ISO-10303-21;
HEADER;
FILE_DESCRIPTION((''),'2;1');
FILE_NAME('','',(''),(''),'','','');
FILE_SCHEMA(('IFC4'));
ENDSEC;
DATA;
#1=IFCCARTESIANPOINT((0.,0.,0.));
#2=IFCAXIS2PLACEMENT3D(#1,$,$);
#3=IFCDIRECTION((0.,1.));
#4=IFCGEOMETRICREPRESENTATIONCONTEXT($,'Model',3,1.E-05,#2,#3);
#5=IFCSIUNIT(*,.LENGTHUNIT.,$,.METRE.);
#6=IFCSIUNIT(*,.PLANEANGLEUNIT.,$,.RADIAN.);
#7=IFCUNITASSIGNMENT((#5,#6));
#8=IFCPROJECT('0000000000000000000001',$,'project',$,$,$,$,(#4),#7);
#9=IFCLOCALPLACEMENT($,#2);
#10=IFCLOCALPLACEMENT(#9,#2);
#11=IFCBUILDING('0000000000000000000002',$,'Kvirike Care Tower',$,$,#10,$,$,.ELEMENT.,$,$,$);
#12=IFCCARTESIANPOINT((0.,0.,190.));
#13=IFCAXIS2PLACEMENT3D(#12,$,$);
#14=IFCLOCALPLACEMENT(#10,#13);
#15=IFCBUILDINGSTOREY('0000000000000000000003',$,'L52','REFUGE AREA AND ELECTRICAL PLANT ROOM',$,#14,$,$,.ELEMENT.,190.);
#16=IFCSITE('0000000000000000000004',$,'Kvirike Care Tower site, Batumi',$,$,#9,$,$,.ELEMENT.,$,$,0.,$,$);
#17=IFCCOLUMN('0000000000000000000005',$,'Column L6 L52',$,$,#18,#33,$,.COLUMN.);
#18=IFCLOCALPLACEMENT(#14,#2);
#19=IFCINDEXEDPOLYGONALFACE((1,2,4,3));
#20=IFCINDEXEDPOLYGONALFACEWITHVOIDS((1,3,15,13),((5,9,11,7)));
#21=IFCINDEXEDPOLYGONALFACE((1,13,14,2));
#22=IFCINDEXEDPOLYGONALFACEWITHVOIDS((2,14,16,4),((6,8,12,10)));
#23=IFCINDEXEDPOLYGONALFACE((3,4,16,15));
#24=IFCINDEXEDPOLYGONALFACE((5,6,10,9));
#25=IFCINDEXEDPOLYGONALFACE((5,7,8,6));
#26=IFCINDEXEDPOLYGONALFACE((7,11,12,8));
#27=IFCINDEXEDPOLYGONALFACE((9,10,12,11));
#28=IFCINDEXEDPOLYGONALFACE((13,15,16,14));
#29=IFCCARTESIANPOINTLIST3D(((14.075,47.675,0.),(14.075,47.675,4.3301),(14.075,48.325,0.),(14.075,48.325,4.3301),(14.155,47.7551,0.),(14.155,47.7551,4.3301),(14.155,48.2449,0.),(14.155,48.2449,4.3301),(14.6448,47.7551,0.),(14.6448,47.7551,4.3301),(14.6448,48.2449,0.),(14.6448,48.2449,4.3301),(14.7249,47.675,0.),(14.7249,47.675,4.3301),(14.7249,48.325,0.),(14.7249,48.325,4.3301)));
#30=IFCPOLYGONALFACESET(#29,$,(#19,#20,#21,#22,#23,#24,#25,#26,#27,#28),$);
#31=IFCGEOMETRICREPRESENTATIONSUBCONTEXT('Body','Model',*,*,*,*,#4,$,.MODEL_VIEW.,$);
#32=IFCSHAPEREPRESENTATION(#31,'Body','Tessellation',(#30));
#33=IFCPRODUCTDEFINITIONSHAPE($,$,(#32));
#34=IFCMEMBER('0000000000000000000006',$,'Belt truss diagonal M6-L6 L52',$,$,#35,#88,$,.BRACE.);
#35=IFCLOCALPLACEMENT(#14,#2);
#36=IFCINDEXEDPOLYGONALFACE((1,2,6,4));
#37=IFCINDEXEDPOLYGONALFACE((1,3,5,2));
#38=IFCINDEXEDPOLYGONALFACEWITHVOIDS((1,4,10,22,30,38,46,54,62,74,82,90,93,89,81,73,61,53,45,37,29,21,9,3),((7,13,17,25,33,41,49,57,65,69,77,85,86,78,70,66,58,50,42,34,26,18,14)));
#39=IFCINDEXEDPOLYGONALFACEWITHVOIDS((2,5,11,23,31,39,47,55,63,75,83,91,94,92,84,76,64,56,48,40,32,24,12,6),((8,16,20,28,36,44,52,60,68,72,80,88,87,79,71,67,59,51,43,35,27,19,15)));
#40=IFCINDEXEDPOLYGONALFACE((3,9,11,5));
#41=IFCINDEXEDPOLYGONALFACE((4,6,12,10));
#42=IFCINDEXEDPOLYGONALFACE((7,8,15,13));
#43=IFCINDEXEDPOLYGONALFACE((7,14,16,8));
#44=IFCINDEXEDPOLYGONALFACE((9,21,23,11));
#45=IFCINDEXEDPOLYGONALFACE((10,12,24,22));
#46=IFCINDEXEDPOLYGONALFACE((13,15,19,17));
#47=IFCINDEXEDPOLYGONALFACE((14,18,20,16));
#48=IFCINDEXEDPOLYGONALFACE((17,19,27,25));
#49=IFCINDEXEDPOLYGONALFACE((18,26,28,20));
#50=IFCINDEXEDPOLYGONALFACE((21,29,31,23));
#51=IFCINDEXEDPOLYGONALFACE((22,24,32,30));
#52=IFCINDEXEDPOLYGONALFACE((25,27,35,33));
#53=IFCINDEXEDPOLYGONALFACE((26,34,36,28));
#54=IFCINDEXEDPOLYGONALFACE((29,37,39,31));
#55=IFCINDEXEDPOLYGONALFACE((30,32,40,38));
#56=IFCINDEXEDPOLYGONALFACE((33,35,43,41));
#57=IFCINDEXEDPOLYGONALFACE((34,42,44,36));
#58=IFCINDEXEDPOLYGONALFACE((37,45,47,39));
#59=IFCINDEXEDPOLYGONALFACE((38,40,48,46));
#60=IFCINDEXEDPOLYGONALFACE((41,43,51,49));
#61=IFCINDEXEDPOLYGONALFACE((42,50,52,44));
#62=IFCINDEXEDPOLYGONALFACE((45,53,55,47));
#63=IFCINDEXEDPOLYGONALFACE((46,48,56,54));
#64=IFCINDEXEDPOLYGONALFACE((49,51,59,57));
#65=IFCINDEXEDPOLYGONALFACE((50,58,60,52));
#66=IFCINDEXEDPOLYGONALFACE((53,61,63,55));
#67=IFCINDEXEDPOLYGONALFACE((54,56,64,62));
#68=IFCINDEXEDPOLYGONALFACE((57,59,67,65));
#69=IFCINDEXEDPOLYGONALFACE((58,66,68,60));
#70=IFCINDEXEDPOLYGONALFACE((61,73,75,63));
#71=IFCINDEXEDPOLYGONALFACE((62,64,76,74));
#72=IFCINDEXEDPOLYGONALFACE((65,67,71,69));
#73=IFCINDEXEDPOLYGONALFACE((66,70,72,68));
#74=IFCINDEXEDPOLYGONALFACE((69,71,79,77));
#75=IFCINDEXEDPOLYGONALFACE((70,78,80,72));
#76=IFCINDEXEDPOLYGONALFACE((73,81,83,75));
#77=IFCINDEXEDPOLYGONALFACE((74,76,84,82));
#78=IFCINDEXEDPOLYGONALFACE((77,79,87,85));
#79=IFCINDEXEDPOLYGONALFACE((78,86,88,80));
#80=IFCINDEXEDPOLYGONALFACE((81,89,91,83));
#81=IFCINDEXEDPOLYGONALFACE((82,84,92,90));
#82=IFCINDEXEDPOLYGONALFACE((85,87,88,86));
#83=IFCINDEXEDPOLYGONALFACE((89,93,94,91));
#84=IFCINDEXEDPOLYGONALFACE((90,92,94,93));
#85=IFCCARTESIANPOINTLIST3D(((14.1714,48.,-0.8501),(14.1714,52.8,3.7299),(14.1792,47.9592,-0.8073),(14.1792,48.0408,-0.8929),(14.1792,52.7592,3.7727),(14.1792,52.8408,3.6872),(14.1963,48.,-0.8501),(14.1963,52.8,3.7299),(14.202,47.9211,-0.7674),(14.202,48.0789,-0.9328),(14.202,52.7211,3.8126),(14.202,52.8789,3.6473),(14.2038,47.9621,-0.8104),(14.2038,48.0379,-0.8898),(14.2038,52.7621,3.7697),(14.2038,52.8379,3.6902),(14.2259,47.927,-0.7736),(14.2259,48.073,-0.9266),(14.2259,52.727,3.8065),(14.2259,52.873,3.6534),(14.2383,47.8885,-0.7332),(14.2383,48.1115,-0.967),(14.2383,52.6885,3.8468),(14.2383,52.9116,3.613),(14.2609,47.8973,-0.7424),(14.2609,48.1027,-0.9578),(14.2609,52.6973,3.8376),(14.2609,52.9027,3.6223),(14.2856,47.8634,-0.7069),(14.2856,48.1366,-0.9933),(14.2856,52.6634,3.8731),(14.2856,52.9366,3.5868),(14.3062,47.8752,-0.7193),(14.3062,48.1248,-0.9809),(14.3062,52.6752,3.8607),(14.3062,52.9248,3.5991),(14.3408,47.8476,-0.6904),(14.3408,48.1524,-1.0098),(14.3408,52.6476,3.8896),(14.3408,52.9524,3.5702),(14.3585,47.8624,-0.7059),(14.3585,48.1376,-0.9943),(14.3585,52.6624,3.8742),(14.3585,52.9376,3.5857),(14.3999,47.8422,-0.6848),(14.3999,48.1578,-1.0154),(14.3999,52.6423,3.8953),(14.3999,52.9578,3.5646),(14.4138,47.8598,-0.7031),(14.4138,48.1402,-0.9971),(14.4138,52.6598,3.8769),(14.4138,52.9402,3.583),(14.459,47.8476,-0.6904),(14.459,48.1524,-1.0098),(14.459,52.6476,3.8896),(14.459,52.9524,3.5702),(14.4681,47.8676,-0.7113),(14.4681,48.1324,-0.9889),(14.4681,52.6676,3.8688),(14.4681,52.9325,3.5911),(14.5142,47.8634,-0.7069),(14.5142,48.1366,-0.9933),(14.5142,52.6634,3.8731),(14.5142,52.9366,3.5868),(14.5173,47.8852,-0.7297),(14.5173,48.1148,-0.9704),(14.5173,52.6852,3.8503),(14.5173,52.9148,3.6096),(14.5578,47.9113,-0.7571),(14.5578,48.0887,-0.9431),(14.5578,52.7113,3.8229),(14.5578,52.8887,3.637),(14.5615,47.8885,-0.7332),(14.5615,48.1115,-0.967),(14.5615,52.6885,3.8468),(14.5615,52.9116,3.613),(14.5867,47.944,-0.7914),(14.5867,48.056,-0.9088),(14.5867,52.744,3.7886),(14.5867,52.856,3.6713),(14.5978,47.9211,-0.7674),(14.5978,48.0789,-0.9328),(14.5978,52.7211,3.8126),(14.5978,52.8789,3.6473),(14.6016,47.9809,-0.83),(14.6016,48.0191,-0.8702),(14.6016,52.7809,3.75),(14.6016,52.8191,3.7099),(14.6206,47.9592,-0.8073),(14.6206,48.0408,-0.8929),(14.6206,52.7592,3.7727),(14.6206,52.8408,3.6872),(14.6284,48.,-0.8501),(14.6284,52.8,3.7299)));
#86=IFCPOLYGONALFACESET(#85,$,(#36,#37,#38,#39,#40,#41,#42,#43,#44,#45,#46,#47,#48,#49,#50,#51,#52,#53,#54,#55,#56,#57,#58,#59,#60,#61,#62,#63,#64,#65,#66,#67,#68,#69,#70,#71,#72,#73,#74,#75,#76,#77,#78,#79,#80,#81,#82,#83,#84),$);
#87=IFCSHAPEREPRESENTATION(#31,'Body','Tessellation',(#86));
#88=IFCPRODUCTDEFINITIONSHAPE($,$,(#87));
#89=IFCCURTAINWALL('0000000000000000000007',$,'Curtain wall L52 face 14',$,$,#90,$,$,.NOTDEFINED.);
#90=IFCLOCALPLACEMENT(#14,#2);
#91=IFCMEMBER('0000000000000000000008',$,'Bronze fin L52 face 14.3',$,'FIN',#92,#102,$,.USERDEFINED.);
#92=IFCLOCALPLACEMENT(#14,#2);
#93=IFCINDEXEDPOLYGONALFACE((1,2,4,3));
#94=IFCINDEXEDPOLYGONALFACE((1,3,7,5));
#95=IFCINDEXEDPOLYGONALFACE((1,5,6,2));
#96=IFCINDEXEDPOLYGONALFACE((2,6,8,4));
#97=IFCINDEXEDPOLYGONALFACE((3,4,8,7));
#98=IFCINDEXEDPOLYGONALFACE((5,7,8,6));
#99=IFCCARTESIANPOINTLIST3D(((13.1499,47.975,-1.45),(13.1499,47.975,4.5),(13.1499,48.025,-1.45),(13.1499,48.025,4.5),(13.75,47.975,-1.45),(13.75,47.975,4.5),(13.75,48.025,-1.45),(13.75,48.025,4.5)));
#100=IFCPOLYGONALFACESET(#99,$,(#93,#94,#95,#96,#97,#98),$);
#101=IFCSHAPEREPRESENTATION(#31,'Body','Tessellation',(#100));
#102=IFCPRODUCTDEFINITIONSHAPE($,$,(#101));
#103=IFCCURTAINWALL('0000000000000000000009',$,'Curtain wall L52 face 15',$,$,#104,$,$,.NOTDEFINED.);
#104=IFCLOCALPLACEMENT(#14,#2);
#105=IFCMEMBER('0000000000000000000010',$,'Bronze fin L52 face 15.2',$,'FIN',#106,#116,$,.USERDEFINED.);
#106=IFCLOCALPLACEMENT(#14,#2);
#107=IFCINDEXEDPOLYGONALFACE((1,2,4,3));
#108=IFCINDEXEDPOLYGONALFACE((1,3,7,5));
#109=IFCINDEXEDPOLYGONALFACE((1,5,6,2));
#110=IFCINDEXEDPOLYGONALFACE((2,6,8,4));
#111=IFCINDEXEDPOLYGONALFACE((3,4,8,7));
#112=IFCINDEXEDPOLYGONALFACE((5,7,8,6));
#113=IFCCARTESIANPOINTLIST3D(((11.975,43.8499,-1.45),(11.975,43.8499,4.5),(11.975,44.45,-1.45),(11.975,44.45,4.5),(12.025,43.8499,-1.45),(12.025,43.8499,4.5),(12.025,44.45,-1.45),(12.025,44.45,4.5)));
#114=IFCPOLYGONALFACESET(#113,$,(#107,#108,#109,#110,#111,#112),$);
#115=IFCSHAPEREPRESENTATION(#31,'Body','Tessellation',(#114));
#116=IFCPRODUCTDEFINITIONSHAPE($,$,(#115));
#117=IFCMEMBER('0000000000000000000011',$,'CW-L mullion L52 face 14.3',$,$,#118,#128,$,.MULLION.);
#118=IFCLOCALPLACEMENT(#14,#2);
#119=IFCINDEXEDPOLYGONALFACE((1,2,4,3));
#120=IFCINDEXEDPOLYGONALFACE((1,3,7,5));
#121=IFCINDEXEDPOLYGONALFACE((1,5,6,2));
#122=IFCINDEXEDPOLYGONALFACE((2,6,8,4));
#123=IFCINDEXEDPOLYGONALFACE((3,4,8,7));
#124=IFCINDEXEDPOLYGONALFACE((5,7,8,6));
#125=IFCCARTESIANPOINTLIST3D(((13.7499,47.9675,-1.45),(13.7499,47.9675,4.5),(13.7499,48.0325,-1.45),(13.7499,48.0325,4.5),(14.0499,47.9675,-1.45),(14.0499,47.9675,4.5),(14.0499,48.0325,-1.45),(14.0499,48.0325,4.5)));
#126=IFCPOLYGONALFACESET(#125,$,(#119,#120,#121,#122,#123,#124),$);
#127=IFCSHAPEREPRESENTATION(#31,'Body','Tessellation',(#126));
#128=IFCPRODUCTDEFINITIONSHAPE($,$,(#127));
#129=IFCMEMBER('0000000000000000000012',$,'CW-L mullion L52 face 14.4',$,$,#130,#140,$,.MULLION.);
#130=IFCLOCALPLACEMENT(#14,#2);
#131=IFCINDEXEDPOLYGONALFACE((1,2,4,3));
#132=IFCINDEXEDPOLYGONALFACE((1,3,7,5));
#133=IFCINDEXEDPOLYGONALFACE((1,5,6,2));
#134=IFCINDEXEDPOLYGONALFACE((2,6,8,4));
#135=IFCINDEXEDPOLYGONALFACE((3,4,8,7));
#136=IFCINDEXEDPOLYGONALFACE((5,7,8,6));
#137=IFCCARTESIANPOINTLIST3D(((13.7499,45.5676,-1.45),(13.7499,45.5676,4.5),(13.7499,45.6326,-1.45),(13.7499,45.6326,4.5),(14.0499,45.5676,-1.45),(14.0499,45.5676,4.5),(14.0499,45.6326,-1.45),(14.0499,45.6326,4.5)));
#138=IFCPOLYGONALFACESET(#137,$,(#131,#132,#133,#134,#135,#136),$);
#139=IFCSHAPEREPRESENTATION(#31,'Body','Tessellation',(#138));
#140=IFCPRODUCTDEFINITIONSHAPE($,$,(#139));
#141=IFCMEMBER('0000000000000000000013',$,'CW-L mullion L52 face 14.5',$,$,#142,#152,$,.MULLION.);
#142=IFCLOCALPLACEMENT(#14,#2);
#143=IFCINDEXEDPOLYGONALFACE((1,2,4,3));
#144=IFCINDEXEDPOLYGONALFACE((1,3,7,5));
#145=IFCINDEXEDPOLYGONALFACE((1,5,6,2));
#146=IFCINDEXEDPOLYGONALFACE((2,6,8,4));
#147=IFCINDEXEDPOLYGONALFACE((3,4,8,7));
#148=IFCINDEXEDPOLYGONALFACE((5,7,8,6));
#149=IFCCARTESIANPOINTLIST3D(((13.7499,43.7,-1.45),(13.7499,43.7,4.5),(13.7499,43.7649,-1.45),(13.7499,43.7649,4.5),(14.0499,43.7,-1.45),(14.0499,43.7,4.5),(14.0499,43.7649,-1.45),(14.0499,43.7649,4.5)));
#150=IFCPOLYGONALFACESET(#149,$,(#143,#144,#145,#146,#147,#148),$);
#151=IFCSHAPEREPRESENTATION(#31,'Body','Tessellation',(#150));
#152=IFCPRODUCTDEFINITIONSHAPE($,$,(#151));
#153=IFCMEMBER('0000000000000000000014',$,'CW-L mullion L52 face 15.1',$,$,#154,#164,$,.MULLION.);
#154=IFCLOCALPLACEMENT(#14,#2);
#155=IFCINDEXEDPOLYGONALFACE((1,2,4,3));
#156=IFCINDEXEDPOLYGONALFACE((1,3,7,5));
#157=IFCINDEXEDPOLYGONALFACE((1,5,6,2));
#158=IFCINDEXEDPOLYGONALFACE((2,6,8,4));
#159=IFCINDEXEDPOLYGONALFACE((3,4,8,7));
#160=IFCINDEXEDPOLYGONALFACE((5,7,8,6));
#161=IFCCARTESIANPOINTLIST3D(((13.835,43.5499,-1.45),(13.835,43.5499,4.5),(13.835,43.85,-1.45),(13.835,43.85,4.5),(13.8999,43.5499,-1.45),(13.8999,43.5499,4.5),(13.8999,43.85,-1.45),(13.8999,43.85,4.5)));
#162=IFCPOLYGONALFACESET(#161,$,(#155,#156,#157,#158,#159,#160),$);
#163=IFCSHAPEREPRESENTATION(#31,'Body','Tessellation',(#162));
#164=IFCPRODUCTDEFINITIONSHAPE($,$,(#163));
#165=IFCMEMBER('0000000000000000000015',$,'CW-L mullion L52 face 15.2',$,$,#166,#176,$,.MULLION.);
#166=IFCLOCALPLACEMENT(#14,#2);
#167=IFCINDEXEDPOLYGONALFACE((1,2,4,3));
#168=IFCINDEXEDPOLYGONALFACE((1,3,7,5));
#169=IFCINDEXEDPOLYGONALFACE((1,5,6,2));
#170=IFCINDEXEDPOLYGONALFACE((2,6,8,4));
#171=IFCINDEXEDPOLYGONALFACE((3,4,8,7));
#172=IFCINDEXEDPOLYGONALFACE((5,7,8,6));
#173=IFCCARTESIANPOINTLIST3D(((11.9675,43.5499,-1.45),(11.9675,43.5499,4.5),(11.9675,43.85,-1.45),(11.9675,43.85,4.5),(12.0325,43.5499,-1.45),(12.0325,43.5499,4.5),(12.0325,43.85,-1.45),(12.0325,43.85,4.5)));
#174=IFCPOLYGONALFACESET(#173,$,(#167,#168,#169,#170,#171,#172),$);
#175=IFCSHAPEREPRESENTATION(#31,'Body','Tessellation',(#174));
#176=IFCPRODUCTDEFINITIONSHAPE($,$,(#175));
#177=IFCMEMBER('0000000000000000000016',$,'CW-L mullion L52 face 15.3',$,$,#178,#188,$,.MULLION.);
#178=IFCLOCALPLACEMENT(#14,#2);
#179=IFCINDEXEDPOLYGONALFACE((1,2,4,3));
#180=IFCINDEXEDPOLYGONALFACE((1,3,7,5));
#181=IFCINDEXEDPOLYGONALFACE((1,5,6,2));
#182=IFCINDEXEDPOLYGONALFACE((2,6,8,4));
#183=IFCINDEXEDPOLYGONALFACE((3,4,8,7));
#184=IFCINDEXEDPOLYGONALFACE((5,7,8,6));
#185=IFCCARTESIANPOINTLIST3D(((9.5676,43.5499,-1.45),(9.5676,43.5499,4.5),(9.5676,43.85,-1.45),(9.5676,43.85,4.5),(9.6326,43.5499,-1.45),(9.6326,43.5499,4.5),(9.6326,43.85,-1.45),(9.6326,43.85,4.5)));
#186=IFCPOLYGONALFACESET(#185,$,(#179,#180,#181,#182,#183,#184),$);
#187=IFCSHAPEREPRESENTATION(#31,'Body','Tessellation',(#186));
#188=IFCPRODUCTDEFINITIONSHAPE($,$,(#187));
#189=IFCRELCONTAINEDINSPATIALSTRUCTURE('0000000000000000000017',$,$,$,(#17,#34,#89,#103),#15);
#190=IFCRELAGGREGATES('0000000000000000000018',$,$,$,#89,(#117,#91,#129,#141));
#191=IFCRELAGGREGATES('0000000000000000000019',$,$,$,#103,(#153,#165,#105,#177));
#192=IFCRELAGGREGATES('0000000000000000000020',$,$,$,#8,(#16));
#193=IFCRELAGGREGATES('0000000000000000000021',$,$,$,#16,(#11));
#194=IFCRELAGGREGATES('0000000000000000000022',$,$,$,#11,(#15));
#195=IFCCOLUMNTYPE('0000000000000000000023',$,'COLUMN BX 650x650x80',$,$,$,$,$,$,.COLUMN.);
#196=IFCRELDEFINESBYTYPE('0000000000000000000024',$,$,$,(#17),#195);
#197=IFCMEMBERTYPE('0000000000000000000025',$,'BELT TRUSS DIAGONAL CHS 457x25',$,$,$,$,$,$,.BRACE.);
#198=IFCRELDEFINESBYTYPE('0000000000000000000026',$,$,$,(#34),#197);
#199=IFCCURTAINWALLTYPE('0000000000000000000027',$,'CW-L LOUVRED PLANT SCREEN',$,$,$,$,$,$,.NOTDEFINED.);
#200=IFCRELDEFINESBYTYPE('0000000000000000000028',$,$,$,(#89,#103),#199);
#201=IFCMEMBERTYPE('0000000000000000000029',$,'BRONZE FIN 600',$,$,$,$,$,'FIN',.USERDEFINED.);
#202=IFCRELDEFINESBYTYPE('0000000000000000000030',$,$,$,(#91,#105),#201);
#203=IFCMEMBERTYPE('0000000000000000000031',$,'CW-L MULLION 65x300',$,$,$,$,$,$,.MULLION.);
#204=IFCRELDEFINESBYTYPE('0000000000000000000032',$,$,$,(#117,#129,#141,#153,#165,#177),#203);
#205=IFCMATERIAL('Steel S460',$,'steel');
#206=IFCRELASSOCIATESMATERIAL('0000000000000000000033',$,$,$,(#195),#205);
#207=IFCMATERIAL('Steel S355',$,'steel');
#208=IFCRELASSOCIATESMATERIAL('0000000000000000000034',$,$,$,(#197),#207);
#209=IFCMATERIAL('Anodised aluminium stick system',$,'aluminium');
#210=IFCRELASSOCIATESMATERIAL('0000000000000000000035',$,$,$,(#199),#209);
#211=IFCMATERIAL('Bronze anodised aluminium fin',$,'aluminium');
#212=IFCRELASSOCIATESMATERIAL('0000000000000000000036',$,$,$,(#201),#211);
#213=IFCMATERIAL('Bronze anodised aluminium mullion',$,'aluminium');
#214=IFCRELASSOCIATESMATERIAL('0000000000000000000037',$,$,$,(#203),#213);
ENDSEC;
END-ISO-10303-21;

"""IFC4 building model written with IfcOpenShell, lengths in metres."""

from ifc_helpers import new_model, si_unit, direction, frame, origin, origin_2d, place, context, subcontext, project, spatial, rectangle, hollow_rectangle, hollow_circle, extrude, material, material_profile, profile_set, type_object, element, aggregate, save


model = new_model("IFC4")

# Units and contexts
model_context = context("Model", 3, precision=1e-05, world=origin(), true_north=direction((0.0, 1.0)))
body_context = subcontext(model_context, "Body", "Model", "MODEL_VIEW")
ifc_project = project(units=[si_unit("LENGTHUNIT", "METRE"), si_unit("PLANEANGLEUNIT", "RADIAN")], contexts=[model_context])

# Site, building, storey
site_placement = place(None, origin())
site = spatial("IfcSite", under=ifc_project, at=site_placement, Name="Kvirike Care Tower site, Batumi", CompositionType="ELEMENT", RefElevation=0.0)
building_placement = place(site_placement, origin())
building = spatial("IfcBuilding", under=site, at=building_placement, Name="Kvirike Care Tower", CompositionType="ELEMENT")
storey_placement = place(building_placement, frame((0.0, 0.0, 190.0)))
storey = spatial("IfcBuildingStorey", under=building, at=storey_placement, Name="L52", Description="REFUGE AREA AND ELECTRICAL PLANT ROOM", CompositionType="ELEMENT", Elevation=190.0)

# Column
ifc_material_1 = material(Name="Steel S460", Category="steel")
ifc_material_profile_1 = material_profile(ifc_material_1, hollow_rectangle(XDim=0.6499, YDim=0.6499, WallThickness=0.0801, at=origin_2d()), Name="BX 650x650x80")
ifc_profile_set_1 = profile_set([ifc_material_profile_1], Name="Steel S460")
column_type = type_object("IfcColumnType", Name="COLUMN BX 650x650x80", PredefinedType="COLUMN", material=ifc_profile_set_1)
column_placement = place(storey_placement, frame((14.3999, 48.0, 0.0), z_axis=(0.0, 0.0, 1.0), x_axis=(1.0, 0.0, 0.0)))
element("IfcColumn", 1, at=column_placement, inside=storey, type_object=column_type, Name="Column L6 L52", PredefinedType="COLUMN", context=body_context, shape_type="SweptSolid", body=[
    extrude(hollow_rectangle(XDim=0.6499, YDim=0.6499, WallThickness=0.0801, at=origin_2d()), origin(), (0.0, 0.0, 1.0), 4.3301),
])

# Member
ifc_material_2 = material(Name="Steel S355", Category="steel")
ifc_material_profile_2 = material_profile(ifc_material_2, hollow_circle(Radius=0.2285, WallThickness=0.0249, at=origin_2d()), Name="CHS 457x25")
ifc_profile_set_2 = profile_set([ifc_material_profile_2], Name="Steel S355")
member_type_1 = type_object("IfcMemberType", Name="BELT TRUSS DIAGONAL CHS 457x25", PredefinedType="BRACE", material=ifc_profile_set_2)
member_1_placement = place(storey_placement, frame((14.3999, 48.0, -0.8501), z_axis=(0.0, 0.72349, 0.690335), x_axis=(-1.0, 0.0, 0.0)))
element("IfcMember", 2, at=member_1_placement, inside=storey, type_object=member_type_1, Name="Belt truss diagonal M6-L6 L52", PredefinedType="BRACE", context=body_context, shape_type="SweptSolid", body=[
    extrude(hollow_circle(Radius=0.2285, WallThickness=0.0249, at=origin_2d()), origin(), (0.0, 0.0, 1.0), 6.6345),
])

# Curtain walls, members
ifc_material_3 = material(Name="Anodised aluminium stick system", Category="aluminium")
curtain_wall_type = type_object("IfcCurtainWallType", Name="CW-L LOUVRED PLANT SCREEN", PredefinedType="NOTDEFINED", material=ifc_material_3)
curtain_wall_1_placement = place(storey_placement, origin())
curtain_wall_1 = element("IfcCurtainWall", 3, at=curtain_wall_1_placement, inside=storey, type_object=curtain_wall_type, Name="Curtain wall L52 face 14", PredefinedType="NOTDEFINED")
ifc_material_4 = material(Name="Bronze anodised aluminium fin", Category="aluminium")
ifc_material_profile_3 = material_profile(ifc_material_4, rectangle(XDim=0.05, YDim=0.6001, at=origin_2d()), Name="BRONZE FIN 600")
ifc_profile_set_3 = profile_set([ifc_material_profile_3], Name="Bronze anodised aluminium fin")
member_type_2 = type_object("IfcMemberType", Name="BRONZE FIN 600", ElementType="FIN", PredefinedType="USERDEFINED", material=ifc_profile_set_3)
member_2_placement = place(storey_placement, frame((13.45, 48.0, -1.45), z_axis=(0.0, 0.0, 1.0), x_axis=(0.0, -1.0, 0.0)))
member_2 = element("IfcMember", 4, at=member_2_placement, type_object=member_type_2, Name="Bronze fin L52 face 14.3", ObjectType="FIN", PredefinedType="USERDEFINED", context=body_context, shape_type="SweptSolid", body=[
    extrude(rectangle(XDim=0.05, YDim=0.6001, at=origin_2d()), origin(), (0.0, 0.0, 1.0), 5.95),
])
curtain_wall_2_placement = place(storey_placement, origin())
curtain_wall_2 = element("IfcCurtainWall", 5, at=curtain_wall_2_placement, inside=storey, type_object=curtain_wall_type, Name="Curtain wall L52 face 15", PredefinedType="NOTDEFINED")
member_3_placement = place(storey_placement, frame((12.0, 44.1499, -1.45), z_axis=(0.0, 0.0, 1.0), x_axis=(-1.0, 0.0, 0.0)))
member_3 = element("IfcMember", 6, at=member_3_placement, type_object=member_type_2, Name="Bronze fin L52 face 15.2", ObjectType="FIN", PredefinedType="USERDEFINED", context=body_context, shape_type="SweptSolid", body=[
    extrude(rectangle(XDim=0.05, YDim=0.6001, at=origin_2d()), origin(), (0.0, 0.0, 1.0), 5.95),
])

# Members
ifc_material_5 = material(Name="Bronze anodised aluminium mullion", Category="aluminium")
ifc_material_profile_4 = material_profile(ifc_material_5, rectangle(XDim=0.0649, YDim=0.3, at=origin_2d()), Name="CW-L MULLION 65x300")
ifc_profile_set_4 = profile_set([ifc_material_profile_4], Name="Bronze anodised aluminium mullion")
member_type_3 = type_object("IfcMemberType", Name="CW-L MULLION 65x300", PredefinedType="MULLION", material=ifc_profile_set_4)
member_4_placement = place(storey_placement, frame((13.8999, 48.0, -1.45), z_axis=(0.0, 0.0, 1.0), x_axis=(0.0, -1.0, 0.0)))
member_4 = element("IfcMember", 7, at=member_4_placement, type_object=member_type_3, Name="CW-L mullion L52 face 14.3", PredefinedType="MULLION", context=body_context, shape_type="SweptSolid", body=[
    extrude(rectangle(XDim=0.0649, YDim=0.3, at=origin_2d()), origin(), (0.0, 0.0, 1.0), 5.95),
])
member_5_placement = place(storey_placement, frame((13.8999, 45.6001, -1.45), z_axis=(0.0, 0.0, 1.0), x_axis=(0.0, -1.0, 0.0)))
member_5 = element("IfcMember", 8, at=member_5_placement, type_object=member_type_3, Name="CW-L mullion L52 face 14.4", PredefinedType="MULLION", context=body_context, shape_type="SweptSolid", body=[
    extrude(rectangle(XDim=0.0649, YDim=0.3, at=origin_2d()), origin(), (0.0, 0.0, 1.0), 5.95),
])
member_6_placement = place(storey_placement, frame((13.8999, 43.7324, -1.45), z_axis=(0.0, 0.0, 1.0), x_axis=(0.0, -1.0, 0.0)))
member_6 = element("IfcMember", 9, at=member_6_placement, type_object=member_type_3, Name="CW-L mullion L52 face 14.5", PredefinedType="MULLION", context=body_context, shape_type="SweptSolid", body=[
    extrude(rectangle(XDim=0.0649, YDim=0.3, at=origin_2d()), origin(), (0.0, 0.0, 1.0), 5.95),
])
member_7_placement = place(storey_placement, frame((13.8674, 43.7, -1.45), z_axis=(0.0, 0.0, 1.0), x_axis=(-1.0, 0.0, 0.0)))
member_7 = element("IfcMember", 10, at=member_7_placement, type_object=member_type_3, Name="CW-L mullion L52 face 15.1", PredefinedType="MULLION", context=body_context, shape_type="SweptSolid", body=[
    extrude(rectangle(XDim=0.0649, YDim=0.3, at=origin_2d()), origin(), (0.0, 0.0, 1.0), 5.95),
])
member_8_placement = place(storey_placement, frame((12.0, 43.7, -1.45), z_axis=(0.0, 0.0, 1.0), x_axis=(-1.0, 0.0, 0.0)))
member_8 = element("IfcMember", 11, at=member_8_placement, type_object=member_type_3, Name="CW-L mullion L52 face 15.2", PredefinedType="MULLION", context=body_context, shape_type="SweptSolid", body=[
    extrude(rectangle(XDim=0.0649, YDim=0.3, at=origin_2d()), origin(), (0.0, 0.0, 1.0), 5.95),
])
member_9_placement = place(storey_placement, frame((9.6001, 43.7, -1.45), z_axis=(0.0, 0.0, 1.0), x_axis=(-1.0, 0.0, 0.0)))
member_9 = element("IfcMember", 12, at=member_9_placement, type_object=member_type_3, Name="CW-L mullion L52 face 15.3", PredefinedType="MULLION", context=body_context, shape_type="SweptSolid", body=[
    extrude(rectangle(XDim=0.0649, YDim=0.3, at=origin_2d()), origin(), (0.0, 0.0, 1.0), 5.95),
])

aggregate(curtain_wall_1, [member_4, member_2, member_5, member_6])
aggregate(curtain_wall_2, [member_7, member_8, member_3, member_9])

save(model, "model.ifc")
